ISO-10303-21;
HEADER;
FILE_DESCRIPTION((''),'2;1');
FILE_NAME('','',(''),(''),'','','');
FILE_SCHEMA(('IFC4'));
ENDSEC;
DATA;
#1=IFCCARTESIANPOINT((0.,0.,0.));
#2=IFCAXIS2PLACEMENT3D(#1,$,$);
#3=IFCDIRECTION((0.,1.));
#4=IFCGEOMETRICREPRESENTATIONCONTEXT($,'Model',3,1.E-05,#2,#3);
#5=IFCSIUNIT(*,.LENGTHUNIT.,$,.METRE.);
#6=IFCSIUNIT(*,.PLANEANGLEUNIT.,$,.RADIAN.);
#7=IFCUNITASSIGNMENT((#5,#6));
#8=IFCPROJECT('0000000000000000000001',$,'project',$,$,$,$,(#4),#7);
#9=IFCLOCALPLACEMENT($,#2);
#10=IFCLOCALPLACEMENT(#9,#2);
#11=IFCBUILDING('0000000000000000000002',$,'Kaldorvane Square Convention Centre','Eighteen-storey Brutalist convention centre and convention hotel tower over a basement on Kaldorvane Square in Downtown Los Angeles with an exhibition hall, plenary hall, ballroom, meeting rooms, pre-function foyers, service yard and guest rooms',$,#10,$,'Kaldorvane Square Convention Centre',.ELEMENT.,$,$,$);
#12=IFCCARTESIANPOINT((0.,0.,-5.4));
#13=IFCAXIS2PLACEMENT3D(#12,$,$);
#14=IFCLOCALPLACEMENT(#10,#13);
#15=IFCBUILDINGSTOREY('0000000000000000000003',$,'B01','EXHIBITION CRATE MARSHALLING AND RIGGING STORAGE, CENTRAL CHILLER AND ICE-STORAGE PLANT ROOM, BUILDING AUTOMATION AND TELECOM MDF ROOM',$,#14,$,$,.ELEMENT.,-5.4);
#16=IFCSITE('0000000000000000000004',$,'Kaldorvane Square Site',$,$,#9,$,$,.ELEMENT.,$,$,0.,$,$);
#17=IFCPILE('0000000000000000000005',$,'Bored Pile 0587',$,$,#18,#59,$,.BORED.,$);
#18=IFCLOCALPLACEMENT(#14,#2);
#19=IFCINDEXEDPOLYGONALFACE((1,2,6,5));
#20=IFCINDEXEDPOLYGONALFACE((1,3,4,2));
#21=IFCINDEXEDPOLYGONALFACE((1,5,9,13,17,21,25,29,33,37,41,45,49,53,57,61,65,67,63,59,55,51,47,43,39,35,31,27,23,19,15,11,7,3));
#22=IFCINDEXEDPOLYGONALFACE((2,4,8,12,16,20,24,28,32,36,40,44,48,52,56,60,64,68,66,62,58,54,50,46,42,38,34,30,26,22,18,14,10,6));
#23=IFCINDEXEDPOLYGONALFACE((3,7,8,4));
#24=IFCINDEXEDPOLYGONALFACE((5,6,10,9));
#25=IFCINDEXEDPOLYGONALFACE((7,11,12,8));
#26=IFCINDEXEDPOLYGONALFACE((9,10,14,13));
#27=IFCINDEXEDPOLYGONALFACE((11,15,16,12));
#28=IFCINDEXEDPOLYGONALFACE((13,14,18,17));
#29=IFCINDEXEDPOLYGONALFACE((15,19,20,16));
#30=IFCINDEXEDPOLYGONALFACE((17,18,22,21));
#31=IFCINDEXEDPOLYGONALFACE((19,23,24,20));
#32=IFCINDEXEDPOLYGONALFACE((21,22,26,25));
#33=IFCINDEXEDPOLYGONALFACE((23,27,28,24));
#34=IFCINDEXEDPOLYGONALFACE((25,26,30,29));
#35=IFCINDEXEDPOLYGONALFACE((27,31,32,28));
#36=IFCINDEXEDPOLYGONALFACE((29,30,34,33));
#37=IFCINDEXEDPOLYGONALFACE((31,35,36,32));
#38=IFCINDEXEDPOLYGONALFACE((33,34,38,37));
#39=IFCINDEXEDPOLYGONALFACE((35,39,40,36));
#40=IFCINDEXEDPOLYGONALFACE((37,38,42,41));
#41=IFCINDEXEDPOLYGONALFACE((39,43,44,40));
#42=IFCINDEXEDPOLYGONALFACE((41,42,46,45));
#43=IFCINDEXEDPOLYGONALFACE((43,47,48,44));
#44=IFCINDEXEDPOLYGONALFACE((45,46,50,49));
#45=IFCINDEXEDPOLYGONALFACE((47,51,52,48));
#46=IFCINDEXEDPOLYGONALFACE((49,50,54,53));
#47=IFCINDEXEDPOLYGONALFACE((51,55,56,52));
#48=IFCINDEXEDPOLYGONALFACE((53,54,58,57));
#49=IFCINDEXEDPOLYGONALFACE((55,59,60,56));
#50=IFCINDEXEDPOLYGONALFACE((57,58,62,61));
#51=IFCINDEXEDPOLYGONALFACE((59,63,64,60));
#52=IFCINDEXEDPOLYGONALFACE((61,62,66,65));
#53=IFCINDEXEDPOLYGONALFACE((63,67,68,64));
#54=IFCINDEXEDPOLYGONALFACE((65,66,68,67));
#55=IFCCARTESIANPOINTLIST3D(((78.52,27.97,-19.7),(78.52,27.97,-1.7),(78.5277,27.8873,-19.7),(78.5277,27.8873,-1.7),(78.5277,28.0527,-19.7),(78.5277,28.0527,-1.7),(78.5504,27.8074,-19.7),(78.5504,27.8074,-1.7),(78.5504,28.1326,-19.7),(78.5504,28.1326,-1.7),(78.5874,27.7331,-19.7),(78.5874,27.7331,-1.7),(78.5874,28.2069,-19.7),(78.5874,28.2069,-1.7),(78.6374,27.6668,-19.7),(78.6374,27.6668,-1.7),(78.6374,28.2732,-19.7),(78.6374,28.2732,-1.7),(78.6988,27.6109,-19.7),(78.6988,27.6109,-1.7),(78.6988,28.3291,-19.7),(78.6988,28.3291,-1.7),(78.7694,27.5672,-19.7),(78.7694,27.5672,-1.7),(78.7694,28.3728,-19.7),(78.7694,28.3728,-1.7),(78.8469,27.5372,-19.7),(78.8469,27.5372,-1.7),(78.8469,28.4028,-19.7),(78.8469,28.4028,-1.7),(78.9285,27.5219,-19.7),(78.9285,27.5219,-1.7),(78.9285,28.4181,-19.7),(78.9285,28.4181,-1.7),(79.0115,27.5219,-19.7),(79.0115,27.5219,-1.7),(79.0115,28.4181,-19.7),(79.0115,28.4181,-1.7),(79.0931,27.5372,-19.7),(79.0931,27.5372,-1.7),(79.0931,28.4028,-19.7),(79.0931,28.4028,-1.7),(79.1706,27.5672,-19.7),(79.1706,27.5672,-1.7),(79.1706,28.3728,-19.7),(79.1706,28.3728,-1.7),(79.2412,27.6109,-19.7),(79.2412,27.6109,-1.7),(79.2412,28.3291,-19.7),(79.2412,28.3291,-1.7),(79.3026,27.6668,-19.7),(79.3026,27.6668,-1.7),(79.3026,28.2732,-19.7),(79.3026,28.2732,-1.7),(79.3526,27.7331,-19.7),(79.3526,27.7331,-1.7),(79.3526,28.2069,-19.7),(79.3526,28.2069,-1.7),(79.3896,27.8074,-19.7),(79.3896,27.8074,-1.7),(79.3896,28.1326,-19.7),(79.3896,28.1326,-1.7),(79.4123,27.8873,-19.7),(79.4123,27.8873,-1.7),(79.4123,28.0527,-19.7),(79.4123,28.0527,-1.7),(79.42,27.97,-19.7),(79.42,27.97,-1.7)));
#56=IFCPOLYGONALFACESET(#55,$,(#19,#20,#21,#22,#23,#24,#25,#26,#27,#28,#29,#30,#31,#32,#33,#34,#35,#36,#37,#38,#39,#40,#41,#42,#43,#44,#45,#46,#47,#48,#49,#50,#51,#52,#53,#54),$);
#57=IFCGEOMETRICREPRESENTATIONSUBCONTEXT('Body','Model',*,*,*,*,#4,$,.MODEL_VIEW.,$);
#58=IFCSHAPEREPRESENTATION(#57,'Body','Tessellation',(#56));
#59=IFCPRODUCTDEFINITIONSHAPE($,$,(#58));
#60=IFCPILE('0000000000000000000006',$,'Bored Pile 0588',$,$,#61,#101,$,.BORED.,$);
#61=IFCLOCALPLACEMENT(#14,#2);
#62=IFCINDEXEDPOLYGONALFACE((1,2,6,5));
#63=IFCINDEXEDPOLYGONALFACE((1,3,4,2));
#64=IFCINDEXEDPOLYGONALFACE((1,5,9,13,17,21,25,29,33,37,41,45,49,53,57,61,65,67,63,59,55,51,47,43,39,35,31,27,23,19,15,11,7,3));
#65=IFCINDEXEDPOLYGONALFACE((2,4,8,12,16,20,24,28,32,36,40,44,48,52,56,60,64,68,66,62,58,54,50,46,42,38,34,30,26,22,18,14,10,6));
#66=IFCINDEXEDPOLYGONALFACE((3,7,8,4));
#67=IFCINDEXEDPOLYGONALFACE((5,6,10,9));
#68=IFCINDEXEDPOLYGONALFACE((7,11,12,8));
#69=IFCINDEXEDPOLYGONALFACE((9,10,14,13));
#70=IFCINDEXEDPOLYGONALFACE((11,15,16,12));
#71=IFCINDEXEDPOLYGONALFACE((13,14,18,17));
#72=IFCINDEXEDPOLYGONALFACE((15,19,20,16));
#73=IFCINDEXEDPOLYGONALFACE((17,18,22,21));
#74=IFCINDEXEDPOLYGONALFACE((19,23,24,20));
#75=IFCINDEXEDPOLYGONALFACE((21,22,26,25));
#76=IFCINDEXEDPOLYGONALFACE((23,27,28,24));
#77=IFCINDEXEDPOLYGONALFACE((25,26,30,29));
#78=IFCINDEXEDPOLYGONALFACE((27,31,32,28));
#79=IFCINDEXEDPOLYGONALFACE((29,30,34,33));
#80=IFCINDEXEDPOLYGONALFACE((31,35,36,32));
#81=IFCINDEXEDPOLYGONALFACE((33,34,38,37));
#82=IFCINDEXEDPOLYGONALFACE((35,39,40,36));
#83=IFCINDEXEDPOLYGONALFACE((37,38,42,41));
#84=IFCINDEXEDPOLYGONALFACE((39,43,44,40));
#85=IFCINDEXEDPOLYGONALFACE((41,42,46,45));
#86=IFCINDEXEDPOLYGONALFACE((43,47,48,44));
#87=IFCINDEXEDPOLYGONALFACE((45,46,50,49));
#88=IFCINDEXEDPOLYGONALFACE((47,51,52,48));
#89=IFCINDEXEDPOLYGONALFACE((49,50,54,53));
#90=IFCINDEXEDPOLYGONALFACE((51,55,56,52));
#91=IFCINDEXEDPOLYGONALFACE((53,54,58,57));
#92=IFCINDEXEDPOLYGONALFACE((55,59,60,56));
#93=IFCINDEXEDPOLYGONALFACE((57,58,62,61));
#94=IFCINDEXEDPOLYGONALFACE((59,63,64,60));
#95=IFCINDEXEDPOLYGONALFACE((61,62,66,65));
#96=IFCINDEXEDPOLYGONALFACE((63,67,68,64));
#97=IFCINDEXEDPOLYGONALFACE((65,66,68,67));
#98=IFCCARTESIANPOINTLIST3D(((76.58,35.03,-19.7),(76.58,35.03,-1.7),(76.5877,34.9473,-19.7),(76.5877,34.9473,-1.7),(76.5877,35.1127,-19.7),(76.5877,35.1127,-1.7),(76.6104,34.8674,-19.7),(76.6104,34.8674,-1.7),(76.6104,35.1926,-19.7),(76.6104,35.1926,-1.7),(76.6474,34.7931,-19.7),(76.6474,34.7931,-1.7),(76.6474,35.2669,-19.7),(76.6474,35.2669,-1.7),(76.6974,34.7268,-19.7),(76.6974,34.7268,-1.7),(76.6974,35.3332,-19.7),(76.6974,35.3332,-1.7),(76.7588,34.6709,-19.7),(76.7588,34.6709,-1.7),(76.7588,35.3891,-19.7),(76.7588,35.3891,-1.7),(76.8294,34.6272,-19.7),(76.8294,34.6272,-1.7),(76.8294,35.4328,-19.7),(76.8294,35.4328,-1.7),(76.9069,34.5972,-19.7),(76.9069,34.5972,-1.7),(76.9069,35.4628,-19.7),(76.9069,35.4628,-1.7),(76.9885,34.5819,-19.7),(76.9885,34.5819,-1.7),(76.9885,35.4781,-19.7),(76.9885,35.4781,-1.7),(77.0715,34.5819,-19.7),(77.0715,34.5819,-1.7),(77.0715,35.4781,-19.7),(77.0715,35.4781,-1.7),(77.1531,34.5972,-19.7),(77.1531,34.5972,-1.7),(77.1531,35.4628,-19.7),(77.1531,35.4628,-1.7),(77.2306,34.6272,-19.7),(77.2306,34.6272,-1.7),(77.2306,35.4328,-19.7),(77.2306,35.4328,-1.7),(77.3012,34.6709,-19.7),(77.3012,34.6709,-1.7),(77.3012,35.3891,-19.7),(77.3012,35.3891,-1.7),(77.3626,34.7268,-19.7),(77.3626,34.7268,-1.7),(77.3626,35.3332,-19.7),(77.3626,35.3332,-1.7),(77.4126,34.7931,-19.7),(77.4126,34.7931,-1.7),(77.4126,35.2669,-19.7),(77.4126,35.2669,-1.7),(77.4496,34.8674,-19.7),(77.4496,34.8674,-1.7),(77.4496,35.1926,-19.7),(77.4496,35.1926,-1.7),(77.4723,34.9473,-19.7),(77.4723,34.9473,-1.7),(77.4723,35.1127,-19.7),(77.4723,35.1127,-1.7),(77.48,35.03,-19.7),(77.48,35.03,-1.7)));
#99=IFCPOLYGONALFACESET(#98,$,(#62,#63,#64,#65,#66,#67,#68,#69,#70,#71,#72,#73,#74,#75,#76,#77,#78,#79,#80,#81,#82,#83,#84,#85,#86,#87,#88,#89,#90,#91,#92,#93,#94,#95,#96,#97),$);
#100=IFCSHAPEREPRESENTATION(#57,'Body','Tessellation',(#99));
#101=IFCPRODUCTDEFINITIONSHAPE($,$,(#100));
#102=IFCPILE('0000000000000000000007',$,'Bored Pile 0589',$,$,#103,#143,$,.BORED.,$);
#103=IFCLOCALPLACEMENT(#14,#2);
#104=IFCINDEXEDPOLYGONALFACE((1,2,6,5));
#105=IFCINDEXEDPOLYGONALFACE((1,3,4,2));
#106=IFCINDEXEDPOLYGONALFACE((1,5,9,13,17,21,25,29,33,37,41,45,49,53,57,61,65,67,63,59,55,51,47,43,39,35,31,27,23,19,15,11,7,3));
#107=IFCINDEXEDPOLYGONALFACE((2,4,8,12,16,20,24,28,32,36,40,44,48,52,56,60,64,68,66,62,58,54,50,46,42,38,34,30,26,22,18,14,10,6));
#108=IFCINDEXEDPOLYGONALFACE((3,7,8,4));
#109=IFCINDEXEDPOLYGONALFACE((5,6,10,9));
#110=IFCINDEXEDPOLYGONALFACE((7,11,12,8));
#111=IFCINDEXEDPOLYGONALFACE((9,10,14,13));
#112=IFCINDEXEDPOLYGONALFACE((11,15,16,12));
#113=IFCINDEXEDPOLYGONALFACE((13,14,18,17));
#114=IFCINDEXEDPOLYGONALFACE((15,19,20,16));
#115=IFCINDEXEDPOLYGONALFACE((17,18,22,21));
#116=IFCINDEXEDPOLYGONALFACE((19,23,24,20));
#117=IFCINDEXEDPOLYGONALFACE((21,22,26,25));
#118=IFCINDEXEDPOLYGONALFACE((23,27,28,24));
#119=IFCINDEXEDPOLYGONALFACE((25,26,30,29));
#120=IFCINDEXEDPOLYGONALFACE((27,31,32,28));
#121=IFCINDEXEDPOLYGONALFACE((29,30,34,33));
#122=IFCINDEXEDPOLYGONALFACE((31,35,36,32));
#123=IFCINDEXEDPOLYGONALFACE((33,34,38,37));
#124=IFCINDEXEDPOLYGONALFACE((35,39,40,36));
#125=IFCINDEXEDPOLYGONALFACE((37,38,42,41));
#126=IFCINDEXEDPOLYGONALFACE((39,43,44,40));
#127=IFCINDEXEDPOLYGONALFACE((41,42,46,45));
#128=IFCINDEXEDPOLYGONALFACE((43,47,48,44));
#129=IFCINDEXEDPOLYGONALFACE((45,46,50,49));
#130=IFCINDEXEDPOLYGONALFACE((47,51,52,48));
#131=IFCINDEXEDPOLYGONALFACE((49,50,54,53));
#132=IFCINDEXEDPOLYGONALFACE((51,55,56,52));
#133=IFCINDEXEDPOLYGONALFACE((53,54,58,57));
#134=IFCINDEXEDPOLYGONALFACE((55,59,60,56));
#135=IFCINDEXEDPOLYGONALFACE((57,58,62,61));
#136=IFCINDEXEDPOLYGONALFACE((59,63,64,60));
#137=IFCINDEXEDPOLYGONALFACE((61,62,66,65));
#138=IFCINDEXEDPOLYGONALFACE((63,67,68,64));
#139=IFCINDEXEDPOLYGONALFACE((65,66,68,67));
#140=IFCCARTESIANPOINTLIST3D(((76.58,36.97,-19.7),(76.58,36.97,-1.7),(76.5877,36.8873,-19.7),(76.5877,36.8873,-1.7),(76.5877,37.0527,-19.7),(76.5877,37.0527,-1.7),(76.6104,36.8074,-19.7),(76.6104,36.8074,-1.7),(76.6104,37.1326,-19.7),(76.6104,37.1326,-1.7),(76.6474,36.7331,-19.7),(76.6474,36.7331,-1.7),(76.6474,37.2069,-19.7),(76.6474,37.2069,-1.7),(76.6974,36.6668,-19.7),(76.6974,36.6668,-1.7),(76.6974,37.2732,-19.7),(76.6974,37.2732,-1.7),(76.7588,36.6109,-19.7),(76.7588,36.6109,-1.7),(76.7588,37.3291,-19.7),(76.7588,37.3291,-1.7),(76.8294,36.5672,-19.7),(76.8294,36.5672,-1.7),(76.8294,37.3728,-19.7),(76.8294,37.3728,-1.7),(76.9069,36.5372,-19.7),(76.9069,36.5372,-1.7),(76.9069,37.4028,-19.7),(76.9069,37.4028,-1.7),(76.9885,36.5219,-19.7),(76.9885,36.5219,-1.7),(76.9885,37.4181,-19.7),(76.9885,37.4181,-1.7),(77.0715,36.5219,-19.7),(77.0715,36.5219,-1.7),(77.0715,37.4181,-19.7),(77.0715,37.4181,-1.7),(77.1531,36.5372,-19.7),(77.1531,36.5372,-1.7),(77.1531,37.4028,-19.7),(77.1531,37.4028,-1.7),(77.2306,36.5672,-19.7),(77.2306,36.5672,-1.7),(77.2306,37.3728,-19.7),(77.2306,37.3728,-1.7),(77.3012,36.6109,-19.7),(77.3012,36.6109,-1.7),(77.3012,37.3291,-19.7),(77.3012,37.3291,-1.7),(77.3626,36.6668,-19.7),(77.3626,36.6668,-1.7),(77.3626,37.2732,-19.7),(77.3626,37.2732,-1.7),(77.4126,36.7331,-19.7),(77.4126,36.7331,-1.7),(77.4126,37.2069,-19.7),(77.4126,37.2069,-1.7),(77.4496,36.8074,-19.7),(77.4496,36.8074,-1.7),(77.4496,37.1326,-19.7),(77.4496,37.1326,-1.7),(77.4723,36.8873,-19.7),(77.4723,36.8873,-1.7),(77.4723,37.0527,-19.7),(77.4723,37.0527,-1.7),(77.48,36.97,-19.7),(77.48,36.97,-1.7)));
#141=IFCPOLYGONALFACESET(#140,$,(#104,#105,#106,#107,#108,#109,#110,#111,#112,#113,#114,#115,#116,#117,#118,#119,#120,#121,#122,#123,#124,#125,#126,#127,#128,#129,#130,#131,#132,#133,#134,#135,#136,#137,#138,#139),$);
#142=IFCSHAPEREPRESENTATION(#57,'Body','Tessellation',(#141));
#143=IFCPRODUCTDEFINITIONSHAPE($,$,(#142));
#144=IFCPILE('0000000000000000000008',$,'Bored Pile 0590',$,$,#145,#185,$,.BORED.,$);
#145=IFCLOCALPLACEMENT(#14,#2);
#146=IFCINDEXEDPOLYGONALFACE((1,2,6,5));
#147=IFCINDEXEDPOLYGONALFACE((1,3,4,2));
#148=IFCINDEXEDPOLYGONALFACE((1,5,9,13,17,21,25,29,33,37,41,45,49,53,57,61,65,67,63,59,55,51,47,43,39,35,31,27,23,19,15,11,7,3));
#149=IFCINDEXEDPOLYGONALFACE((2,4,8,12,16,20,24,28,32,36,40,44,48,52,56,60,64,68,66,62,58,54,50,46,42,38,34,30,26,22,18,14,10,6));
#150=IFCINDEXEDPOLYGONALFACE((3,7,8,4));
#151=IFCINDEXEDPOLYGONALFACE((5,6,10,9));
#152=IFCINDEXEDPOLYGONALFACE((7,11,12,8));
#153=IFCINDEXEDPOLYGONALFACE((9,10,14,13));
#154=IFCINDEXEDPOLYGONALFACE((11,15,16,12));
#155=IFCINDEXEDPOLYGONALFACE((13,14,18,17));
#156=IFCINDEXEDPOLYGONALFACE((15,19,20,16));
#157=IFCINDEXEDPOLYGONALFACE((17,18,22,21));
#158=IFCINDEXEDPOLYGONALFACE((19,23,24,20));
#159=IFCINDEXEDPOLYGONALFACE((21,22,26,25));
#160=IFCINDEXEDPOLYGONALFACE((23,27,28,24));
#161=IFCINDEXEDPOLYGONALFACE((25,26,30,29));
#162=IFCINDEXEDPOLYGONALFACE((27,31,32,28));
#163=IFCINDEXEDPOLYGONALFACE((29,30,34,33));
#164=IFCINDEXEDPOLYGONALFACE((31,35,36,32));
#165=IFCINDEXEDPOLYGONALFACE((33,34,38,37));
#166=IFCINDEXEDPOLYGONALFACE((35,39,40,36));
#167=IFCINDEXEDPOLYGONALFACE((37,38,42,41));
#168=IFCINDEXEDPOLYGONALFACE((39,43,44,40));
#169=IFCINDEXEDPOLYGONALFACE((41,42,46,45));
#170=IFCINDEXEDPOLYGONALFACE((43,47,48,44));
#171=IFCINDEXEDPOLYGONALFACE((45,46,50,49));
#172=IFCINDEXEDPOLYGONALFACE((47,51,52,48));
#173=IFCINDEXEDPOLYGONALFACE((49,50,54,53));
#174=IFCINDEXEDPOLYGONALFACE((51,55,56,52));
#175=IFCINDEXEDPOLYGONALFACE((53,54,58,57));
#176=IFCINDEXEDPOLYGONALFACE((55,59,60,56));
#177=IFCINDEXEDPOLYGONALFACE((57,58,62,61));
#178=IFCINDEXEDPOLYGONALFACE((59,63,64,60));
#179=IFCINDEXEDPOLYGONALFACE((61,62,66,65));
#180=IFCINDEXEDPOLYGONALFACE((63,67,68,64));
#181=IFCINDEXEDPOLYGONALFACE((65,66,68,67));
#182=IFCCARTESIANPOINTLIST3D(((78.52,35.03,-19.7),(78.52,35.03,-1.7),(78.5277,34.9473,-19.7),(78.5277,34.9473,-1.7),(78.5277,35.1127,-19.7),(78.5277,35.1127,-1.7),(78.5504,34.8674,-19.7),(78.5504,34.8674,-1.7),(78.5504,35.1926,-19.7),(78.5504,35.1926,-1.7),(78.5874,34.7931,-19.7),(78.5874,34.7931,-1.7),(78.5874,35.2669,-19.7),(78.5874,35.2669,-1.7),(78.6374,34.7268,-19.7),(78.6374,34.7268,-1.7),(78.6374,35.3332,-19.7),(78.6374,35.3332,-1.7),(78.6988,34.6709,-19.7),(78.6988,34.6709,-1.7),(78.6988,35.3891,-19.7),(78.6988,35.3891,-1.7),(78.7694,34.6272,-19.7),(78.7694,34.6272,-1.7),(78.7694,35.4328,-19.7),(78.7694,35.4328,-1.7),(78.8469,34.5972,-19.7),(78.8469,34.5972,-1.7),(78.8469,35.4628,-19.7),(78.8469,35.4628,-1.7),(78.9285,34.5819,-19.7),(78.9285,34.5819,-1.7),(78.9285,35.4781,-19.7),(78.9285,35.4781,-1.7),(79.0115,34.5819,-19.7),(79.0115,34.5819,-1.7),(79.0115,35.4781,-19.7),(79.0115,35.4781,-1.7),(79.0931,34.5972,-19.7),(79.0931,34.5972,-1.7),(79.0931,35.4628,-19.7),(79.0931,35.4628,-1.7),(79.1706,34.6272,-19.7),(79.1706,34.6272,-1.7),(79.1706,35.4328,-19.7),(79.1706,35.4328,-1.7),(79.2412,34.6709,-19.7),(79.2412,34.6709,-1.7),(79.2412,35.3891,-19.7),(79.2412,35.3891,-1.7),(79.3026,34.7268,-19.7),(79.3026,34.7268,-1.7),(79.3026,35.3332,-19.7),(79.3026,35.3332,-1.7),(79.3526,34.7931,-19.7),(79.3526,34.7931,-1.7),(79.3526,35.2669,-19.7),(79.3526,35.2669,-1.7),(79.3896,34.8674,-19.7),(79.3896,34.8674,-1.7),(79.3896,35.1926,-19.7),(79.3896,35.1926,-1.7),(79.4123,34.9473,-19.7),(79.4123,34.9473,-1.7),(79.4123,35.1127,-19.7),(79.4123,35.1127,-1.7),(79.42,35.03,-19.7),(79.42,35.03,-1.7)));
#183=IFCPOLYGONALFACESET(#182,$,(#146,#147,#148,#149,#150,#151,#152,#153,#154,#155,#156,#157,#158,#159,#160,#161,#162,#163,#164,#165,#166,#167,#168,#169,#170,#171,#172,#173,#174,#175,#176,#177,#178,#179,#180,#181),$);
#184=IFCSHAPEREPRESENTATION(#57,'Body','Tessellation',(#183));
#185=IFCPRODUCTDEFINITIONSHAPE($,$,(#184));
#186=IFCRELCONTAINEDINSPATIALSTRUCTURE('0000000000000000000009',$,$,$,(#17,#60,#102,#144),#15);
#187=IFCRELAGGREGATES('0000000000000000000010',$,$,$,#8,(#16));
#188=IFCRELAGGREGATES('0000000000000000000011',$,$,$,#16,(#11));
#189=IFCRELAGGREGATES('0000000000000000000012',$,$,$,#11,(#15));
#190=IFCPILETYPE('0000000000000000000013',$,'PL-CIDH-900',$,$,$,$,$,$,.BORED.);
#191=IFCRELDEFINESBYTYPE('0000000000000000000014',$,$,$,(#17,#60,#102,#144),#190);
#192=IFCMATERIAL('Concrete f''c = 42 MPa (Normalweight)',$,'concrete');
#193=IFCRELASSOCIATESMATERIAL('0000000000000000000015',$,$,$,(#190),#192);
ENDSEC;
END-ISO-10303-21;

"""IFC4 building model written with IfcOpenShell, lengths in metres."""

from ifc_helpers import new_model, si_unit, direction, frame, origin, origin_2d, place, context, subcontext, project, spatial, circle, extrude, material, material_profile, profile_set, type_object, element, save


model = new_model("IFC4")

# Units and contexts
model_context = context("Model", 3, precision=1e-05, world=origin(), true_north=direction((0.0, 1.0)))
body_context = subcontext(model_context, "Body", "Model", "MODEL_VIEW")
ifc_project = project(units=[si_unit("LENGTHUNIT", "METRE"), si_unit("PLANEANGLEUNIT", "RADIAN")], contexts=[model_context])

# Site, building, storey
site_placement = place(None, origin())
site = spatial("IfcSite", under=ifc_project, at=site_placement, Name="Kaldorvane Square Site", CompositionType="ELEMENT", RefElevation=0.0)
building_placement = place(site_placement, origin())
building = spatial("IfcBuilding", under=site, at=building_placement, Name="Kaldorvane Square Convention Centre", Description="Eighteen-storey Brutalist convention centre and convention hotel tower over a basement on Kaldorvane Square in Downtown Los Angeles with an exhibition hall, plenary hall, ballroom, meeting rooms, pre-function foyers, service yard and guest rooms", LongName="Kaldorvane Square Convention Centre", CompositionType="ELEMENT")
storey_placement = place(building_placement, frame((0.0, 0.0, -5.4)))
storey = spatial("IfcBuildingStorey", under=building, at=storey_placement, Name="B01", Description="EXHIBITION CRATE MARSHALLING AND RIGGING STORAGE, CENTRAL CHILLER AND ICE-STORAGE PLANT ROOM, BUILDING AUTOMATION AND TELECOM MDF ROOM", CompositionType="ELEMENT", Elevation=-5.4)

# Shared definitions
ifc_material_1 = material(Name="Concrete f'c = 42 MPa (Normalweight)", Category="concrete")

# Piles
ifc_material_profile_1 = material_profile(ifc_material_1, circle(Radius=0.45, at=origin_2d()), Name="PILE-D900")
ifc_profile_set_1 = profile_set([ifc_material_profile_1], Name="Concrete f'c = 42 MPa (Normalweight)")
pile_type = type_object("IfcPileType", Name="PL-CIDH-900", PredefinedType="BORED", material=ifc_profile_set_1)
for number, where, z_axis, x_axis, name in (
    (1, (78.97, 27.97, -1.7), (0.0, 0.0, -1.0), (1.0, 0.0, 0.0), "Bored Pile 0587"),
    (2, (77.03, 35.03, -1.7), (0.0, 0.0, -1.0), (1.0, 0.0, 0.0), "Bored Pile 0588"),
    (3, (77.03, 36.97, -1.7), (0.0, 0.0, -1.0), (1.0, 0.0, 0.0), "Bored Pile 0589"),
    (4, (78.97, 35.03, -1.7), (0.0, 0.0, -1.0), (1.0, 0.0, 0.0), "Bored Pile 0590"),
):
    element("IfcPile", number, at=place(storey_placement, frame(where, z_axis=z_axis, x_axis=x_axis)), inside=storey, type_object=pile_type, Name=name, PredefinedType="BORED", context=body_context, shape_type="SweptSolid", body=[
        extrude(circle(Radius=0.45, at=origin_2d()), origin(), (0.0, 0.0, 1.0), 18.0),
    ])

save(model, "model.ifc")
